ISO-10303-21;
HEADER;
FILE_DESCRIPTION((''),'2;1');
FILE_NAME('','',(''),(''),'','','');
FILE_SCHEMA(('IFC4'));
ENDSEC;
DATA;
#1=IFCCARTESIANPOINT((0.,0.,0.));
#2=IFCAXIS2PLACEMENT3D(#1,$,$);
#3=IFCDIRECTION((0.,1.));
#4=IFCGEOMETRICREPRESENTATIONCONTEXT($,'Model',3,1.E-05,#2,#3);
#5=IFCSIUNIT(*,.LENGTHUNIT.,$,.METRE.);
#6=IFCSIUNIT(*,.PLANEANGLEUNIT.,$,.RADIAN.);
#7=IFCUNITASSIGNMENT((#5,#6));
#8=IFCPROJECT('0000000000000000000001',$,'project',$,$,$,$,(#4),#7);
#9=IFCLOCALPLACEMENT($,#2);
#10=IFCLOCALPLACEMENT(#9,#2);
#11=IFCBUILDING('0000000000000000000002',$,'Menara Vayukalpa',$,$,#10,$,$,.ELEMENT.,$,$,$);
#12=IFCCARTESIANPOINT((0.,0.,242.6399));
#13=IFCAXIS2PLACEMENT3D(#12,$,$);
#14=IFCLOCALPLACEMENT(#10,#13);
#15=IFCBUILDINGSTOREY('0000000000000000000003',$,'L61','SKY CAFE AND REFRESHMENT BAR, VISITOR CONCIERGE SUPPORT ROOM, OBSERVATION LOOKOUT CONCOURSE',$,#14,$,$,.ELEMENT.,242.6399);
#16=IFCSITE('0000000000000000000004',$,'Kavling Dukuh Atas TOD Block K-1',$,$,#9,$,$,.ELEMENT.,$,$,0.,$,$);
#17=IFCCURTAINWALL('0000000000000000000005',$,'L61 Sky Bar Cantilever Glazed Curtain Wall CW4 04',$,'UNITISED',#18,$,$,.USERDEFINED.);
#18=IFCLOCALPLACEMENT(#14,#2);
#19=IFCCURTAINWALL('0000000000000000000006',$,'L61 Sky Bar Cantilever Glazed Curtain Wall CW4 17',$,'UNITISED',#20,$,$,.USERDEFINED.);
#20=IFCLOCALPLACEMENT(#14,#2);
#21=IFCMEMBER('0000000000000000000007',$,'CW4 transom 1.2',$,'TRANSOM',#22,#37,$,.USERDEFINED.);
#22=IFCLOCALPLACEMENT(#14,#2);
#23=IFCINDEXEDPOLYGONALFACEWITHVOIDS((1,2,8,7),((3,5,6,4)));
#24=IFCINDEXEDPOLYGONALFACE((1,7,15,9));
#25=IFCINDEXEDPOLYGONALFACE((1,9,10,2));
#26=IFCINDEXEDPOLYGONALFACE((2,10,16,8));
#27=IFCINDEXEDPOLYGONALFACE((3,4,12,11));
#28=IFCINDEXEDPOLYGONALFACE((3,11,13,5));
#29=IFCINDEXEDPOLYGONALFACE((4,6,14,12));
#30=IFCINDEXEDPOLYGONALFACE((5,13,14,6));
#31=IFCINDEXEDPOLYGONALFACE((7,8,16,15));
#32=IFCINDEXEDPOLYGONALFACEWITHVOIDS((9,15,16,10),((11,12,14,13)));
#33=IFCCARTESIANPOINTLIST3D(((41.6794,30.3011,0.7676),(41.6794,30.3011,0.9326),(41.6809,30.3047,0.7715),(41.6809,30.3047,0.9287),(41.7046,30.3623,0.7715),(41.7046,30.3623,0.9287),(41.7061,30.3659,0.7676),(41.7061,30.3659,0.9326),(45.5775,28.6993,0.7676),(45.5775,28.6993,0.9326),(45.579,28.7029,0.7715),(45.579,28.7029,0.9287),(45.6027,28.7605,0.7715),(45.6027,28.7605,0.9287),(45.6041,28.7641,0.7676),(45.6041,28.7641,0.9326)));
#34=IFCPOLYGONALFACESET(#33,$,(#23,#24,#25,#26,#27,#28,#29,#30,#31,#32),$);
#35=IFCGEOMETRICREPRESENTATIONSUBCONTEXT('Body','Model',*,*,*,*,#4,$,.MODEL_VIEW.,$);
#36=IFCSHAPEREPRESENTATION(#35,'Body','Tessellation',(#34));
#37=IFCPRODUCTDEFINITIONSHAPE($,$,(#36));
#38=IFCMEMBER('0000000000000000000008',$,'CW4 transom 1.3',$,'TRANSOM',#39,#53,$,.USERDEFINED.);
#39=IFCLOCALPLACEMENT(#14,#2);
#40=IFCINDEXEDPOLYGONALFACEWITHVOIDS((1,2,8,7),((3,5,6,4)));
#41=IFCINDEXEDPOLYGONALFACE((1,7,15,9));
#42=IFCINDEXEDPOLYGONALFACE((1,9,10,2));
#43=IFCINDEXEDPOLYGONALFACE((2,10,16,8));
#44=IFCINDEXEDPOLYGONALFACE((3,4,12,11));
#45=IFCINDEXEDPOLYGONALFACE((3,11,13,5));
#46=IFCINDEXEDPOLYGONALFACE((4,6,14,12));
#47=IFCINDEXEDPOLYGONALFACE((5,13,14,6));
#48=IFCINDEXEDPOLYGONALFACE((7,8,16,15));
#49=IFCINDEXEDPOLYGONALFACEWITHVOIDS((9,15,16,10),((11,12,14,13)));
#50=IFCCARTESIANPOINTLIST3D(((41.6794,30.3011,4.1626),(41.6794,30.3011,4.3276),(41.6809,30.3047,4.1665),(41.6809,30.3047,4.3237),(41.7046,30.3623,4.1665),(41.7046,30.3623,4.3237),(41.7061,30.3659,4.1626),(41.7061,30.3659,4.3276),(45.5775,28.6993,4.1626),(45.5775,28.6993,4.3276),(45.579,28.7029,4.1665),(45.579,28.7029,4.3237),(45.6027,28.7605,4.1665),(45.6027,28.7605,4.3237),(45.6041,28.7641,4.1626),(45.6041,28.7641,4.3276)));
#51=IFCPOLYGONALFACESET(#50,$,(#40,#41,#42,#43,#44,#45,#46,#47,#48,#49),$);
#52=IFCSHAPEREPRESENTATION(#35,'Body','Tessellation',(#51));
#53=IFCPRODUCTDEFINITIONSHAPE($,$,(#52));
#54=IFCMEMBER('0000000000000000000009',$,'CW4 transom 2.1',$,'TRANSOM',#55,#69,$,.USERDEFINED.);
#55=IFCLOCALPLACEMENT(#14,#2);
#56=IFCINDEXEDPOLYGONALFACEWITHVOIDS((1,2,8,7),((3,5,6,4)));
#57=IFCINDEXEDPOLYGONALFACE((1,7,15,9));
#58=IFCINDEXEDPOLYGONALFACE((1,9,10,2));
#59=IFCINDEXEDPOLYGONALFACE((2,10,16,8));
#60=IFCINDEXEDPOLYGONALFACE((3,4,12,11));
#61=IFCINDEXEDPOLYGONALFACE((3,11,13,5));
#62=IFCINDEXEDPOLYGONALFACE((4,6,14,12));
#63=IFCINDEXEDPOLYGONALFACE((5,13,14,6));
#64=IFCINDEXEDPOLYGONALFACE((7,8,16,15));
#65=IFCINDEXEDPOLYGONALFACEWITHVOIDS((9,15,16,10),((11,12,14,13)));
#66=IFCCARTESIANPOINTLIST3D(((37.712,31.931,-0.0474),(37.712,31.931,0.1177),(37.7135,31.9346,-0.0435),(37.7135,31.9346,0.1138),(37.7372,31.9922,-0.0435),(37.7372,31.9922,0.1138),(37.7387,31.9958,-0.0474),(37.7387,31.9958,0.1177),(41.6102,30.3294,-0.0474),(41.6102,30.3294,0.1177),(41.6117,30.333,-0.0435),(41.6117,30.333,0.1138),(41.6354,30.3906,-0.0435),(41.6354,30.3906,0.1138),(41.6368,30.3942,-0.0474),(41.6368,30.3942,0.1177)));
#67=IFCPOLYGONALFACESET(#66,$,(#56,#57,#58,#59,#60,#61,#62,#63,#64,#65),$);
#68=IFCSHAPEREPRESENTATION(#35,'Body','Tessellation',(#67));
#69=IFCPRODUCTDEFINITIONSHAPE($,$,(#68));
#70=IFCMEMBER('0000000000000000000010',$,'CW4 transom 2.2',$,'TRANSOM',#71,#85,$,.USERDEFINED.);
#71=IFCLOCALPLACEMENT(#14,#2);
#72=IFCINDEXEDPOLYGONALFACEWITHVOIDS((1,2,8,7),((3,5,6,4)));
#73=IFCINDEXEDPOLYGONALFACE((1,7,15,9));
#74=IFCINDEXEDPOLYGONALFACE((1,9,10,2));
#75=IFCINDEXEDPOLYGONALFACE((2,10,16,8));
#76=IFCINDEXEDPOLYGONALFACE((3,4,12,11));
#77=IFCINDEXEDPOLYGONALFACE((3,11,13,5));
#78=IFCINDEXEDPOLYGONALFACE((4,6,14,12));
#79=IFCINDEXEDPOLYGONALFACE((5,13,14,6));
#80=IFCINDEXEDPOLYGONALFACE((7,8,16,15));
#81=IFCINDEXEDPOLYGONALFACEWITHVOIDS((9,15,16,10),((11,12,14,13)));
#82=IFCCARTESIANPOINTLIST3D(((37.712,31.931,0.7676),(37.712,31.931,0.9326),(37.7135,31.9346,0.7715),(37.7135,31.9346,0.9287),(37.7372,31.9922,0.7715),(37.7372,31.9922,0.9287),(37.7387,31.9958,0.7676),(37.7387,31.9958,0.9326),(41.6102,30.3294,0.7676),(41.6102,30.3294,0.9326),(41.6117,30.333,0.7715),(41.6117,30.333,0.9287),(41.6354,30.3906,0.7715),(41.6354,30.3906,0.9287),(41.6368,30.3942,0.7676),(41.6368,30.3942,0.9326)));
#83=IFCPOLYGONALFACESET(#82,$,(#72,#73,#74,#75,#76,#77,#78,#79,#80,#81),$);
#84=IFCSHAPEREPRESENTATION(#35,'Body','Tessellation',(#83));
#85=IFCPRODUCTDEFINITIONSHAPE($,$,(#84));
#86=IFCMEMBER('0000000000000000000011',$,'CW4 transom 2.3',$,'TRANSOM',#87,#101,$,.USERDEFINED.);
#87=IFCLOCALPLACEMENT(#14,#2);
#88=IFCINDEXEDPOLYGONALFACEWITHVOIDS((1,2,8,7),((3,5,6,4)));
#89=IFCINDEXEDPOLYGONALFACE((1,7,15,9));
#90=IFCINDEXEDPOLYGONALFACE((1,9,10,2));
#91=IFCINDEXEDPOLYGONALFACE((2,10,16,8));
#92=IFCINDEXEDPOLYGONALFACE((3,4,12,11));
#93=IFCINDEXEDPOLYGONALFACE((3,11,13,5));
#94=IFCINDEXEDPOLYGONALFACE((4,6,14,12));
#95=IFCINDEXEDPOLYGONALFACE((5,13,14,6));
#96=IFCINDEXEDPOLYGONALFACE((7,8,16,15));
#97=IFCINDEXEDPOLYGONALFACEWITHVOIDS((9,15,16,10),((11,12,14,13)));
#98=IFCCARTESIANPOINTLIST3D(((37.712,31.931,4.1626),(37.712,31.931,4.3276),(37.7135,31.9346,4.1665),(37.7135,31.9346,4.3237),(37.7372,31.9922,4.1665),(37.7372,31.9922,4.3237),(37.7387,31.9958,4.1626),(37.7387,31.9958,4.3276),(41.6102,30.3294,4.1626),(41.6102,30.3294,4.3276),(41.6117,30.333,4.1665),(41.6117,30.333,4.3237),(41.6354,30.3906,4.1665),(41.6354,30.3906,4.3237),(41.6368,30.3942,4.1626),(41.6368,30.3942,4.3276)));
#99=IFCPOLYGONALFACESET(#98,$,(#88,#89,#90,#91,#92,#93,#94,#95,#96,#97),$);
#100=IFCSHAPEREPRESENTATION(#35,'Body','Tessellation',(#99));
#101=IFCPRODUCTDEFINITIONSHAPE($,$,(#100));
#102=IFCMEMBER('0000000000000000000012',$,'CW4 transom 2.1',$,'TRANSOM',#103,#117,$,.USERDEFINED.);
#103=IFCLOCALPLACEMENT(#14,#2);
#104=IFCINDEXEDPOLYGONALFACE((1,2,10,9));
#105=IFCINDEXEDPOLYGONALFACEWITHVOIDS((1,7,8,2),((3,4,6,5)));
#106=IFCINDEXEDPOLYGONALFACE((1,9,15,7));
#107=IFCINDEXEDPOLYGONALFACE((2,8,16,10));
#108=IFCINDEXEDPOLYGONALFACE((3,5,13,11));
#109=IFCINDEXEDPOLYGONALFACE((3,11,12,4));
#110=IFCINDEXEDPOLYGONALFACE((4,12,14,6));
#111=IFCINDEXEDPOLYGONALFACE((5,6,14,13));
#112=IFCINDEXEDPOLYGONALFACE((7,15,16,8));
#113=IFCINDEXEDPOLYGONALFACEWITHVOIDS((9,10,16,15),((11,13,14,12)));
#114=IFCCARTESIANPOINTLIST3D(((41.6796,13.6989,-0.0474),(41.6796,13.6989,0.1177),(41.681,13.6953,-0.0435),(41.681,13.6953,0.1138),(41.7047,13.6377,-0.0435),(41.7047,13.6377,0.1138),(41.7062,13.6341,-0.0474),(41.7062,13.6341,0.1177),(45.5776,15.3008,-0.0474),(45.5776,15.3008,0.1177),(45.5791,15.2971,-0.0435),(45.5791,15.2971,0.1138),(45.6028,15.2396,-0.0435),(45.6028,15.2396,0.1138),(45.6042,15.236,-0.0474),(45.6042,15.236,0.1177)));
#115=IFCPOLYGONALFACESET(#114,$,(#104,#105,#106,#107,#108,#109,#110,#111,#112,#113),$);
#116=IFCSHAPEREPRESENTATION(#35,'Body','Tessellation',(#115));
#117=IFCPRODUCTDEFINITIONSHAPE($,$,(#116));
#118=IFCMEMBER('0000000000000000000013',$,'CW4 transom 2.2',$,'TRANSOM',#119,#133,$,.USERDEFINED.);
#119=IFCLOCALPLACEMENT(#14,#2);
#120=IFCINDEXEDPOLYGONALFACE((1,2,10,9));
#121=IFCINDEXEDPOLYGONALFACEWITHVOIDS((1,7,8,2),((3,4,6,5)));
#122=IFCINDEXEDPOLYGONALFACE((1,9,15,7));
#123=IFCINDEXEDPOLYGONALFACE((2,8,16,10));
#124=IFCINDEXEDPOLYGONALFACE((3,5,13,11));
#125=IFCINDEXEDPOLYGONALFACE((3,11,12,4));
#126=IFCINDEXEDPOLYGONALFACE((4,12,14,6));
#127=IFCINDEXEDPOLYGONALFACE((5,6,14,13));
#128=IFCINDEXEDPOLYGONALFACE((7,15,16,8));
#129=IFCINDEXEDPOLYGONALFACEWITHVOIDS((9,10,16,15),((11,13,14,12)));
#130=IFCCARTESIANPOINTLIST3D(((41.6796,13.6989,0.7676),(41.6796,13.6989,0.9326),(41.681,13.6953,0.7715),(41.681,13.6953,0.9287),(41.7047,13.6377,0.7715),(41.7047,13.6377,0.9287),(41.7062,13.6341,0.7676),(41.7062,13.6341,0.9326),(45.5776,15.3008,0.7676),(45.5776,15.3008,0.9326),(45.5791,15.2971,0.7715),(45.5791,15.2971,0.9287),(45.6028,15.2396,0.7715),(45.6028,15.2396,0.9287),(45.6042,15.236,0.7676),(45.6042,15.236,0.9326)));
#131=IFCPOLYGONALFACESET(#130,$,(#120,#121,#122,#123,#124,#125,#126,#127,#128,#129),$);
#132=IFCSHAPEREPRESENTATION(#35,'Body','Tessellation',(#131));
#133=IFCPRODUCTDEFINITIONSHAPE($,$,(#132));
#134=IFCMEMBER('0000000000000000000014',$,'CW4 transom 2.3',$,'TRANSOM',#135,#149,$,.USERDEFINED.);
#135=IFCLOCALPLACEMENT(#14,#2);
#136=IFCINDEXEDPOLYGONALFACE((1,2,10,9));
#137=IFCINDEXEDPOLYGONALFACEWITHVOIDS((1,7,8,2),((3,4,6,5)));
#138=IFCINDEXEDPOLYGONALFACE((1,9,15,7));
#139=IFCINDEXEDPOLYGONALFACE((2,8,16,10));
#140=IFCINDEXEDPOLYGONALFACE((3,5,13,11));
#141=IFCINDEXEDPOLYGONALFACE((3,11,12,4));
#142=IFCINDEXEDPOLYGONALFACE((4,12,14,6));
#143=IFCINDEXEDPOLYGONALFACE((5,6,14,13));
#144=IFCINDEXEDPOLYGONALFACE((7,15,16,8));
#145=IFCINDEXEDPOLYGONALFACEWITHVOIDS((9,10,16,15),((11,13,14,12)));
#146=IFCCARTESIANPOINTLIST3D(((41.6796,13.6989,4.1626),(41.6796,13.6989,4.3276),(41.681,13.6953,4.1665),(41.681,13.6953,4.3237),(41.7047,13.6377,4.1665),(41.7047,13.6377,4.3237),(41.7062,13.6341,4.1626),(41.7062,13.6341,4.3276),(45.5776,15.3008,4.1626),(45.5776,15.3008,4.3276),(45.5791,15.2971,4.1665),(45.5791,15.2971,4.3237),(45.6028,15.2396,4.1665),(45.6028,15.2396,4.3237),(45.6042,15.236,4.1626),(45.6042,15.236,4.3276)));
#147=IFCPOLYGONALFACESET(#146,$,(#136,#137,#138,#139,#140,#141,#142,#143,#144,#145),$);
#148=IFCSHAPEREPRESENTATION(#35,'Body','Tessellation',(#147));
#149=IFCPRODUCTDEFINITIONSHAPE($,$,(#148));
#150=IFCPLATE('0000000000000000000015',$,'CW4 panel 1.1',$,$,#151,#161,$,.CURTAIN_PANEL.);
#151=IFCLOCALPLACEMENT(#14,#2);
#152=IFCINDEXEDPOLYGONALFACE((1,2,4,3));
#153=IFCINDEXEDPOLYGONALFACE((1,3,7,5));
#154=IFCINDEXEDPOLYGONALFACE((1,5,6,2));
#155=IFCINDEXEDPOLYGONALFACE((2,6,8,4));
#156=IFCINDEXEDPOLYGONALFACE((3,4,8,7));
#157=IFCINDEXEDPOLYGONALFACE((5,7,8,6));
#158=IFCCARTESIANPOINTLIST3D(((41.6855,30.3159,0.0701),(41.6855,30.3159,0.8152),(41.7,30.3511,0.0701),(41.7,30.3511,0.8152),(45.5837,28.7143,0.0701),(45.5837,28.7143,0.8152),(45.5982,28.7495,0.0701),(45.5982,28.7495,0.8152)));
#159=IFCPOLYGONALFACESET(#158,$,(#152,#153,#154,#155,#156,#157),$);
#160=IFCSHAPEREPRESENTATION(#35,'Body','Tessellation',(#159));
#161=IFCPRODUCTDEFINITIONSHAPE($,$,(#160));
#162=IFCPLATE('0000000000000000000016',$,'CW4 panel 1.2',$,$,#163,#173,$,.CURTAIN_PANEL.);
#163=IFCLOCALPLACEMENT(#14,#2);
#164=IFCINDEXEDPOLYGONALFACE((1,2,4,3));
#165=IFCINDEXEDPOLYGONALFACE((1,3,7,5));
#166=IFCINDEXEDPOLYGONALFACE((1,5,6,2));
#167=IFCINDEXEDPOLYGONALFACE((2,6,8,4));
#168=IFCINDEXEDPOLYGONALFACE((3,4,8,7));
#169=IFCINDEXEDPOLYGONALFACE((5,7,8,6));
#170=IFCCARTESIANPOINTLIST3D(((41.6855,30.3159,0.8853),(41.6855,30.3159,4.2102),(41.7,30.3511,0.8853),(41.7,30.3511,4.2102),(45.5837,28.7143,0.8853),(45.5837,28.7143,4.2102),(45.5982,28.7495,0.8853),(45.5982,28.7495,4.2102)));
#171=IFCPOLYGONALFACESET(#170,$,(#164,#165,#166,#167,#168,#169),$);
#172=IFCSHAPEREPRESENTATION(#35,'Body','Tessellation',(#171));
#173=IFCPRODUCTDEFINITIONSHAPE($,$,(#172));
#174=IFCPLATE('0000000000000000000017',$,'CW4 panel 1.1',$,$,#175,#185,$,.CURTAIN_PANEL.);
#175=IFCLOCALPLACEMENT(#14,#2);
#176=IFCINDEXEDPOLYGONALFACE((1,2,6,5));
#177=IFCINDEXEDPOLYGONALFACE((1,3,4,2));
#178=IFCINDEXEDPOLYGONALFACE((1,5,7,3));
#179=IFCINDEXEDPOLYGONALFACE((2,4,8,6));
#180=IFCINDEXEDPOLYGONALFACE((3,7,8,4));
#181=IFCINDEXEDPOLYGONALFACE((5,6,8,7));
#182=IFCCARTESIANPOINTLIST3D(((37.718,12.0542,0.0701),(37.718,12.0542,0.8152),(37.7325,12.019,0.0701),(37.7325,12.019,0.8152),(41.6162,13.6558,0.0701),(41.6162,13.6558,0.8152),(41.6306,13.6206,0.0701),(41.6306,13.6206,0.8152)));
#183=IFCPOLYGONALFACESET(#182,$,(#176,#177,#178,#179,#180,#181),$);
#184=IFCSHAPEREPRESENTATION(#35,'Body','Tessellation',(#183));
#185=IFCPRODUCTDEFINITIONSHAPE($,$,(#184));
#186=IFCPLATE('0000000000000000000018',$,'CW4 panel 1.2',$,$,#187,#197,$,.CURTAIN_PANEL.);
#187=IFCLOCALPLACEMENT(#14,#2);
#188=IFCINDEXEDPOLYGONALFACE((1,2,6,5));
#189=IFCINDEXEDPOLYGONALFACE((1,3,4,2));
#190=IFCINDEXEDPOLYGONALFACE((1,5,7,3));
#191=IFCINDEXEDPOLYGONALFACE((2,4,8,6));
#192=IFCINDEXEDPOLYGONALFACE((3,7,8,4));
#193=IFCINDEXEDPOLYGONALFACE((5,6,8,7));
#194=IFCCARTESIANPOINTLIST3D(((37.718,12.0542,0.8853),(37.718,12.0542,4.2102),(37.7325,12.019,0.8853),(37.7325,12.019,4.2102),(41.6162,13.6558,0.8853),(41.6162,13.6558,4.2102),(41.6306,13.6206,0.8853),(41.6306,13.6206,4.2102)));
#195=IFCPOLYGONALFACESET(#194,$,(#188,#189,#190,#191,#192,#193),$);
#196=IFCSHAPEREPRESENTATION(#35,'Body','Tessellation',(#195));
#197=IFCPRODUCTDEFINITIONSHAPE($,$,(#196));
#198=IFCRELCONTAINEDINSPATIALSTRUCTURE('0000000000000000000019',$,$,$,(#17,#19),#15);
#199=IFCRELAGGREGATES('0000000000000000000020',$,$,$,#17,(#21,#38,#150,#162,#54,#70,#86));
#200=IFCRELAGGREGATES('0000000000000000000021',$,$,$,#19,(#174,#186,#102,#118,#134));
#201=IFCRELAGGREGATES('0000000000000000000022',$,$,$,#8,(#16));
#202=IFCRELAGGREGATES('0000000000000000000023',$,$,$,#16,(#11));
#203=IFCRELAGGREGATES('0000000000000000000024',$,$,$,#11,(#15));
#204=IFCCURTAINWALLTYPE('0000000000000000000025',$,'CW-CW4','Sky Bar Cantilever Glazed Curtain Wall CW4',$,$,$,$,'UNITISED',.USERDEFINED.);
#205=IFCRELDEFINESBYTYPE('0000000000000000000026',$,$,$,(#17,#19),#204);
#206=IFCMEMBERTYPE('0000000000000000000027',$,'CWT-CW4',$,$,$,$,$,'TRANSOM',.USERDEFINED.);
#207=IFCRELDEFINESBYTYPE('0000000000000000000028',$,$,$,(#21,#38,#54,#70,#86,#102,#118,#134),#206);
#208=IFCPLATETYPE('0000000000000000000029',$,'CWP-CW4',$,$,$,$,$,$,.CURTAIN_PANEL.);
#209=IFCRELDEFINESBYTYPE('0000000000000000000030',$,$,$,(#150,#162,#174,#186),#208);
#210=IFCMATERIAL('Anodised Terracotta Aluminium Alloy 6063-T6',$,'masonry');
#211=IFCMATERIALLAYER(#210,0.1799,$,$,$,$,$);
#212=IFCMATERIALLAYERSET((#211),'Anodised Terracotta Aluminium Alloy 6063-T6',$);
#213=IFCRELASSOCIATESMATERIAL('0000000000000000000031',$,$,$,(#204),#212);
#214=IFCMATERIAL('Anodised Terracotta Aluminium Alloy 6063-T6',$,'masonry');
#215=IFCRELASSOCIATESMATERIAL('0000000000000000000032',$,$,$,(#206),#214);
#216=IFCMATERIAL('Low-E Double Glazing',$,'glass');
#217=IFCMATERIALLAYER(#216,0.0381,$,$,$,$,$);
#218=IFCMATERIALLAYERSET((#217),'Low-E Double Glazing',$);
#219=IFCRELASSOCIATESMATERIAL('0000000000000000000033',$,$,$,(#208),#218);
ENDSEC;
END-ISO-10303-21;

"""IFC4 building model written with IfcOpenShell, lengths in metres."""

from ifc_helpers import new_model, si_unit, direction, frame, origin, origin_2d, place, context, subcontext, project, spatial, rectangle, hollow_rectangle, extrude, material, layer, layer_set, material_profile, profile_set, type_object, element, aggregate, save


model = new_model("IFC4")

# Units and contexts
model_context = context("Model", 3, precision=1e-05, world=origin(), true_north=direction((0.0, 1.0)))
body_context = subcontext(model_context, "Body", "Model", "MODEL_VIEW")
ifc_project = project(units=[si_unit("LENGTHUNIT", "METRE"), si_unit("PLANEANGLEUNIT", "RADIAN")], contexts=[model_context])

# Site, building, storey
site_placement = place(None, origin())
site = spatial("IfcSite", under=ifc_project, at=site_placement, Name="Kavling Dukuh Atas TOD Block K-1", CompositionType="ELEMENT", RefElevation=0.0)
building_placement = place(site_placement, origin())
building = spatial("IfcBuilding", under=site, at=building_placement, Name="Menara Vayukalpa", CompositionType="ELEMENT")
storey_placement = place(building_placement, frame((0.0, 0.0, 242.6399)))
storey = spatial("IfcBuildingStorey", under=building, at=storey_placement, Name="L61", Description="SKY CAFE AND REFRESHMENT BAR, VISITOR CONCIERGE SUPPORT ROOM, OBSERVATION LOOKOUT CONCOURSE", CompositionType="ELEMENT", Elevation=242.6399)

# Curtain walls
ifc_material_1 = material(Name="Anodised Terracotta Aluminium Alloy 6063-T6", Category="masonry")
ifc_layer_1 = layer(ifc_material_1, 0.1799)
ifc_layer_set_1 = layer_set([ifc_layer_1], Name="Anodised Terracotta Aluminium Alloy 6063-T6")
curtain_wall_type = type_object("IfcCurtainWallType", Name="CW-CW4", Description="Sky Bar Cantilever Glazed Curtain Wall CW4", ElementType="UNITISED", PredefinedType="USERDEFINED", material=ifc_layer_set_1)
curtain_wall_1_placement = place(storey_placement, origin())
curtain_wall_1 = element("IfcCurtainWall", 1, at=curtain_wall_1_placement, inside=storey, type_object=curtain_wall_type, Name="L61 Sky Bar Cantilever Glazed Curtain Wall CW4 04", ObjectType="UNITISED", PredefinedType="USERDEFINED")
curtain_wall_2_placement = place(storey_placement, origin())
curtain_wall_2 = element("IfcCurtainWall", 2, at=curtain_wall_2_placement, inside=storey, type_object=curtain_wall_type, Name="L61 Sky Bar Cantilever Glazed Curtain Wall CW4 17", ObjectType="UNITISED", PredefinedType="USERDEFINED")

# Members
ifc_material_2 = material(Name="Anodised Terracotta Aluminium Alloy 6063-T6", Category="masonry")
ifc_material_profile_1 = material_profile(ifc_material_2, hollow_rectangle(XDim=0.0701, YDim=0.165, WallThickness=0.0039, at=origin_2d()), Name="ALU 70x165x4")
ifc_profile_set_1 = profile_set([ifc_material_profile_1], Name="Anodised Terracotta Aluminium Alloy 6063-T6")
member_type_1 = type_object("IfcMemberType", Name="CWT-CW4", ElementType="TRANSOM", PredefinedType="USERDEFINED", material=ifc_profile_set_1)
member_1_placement = place(storey_placement, frame((45.5908, 28.7317, 0.8501), z_axis=(-0.924948, 0.380094, 0.0), x_axis=(-0.380094, -0.924948, 0.0)))
member_1 = element("IfcMember", 3, at=member_1_placement, type_object=member_type_1, Name="CW4 transom 1.2", ObjectType="TRANSOM", PredefinedType="USERDEFINED", context=body_context, shape_type="SweptSolid", body=[
    extrude(hollow_rectangle(XDim=0.0701, YDim=0.165, WallThickness=0.0039, at=origin_2d()), origin(), (0.0, 0.0, 1.0), 4.2144),
])
member_2_placement = place(storey_placement, frame((45.5908, 28.7317, 4.2451), z_axis=(-0.924948, 0.380094, 0.0), x_axis=(-0.380094, -0.924948, 0.0)))
member_2 = element("IfcMember", 4, at=member_2_placement, type_object=member_type_1, Name="CW4 transom 1.3", ObjectType="TRANSOM", PredefinedType="USERDEFINED", context=body_context, shape_type="SweptSolid", body=[
    extrude(hollow_rectangle(XDim=0.0701, YDim=0.165, WallThickness=0.0039, at=origin_2d()), origin(), (0.0, 0.0, 1.0), 4.2144),
])
member_3_placement = place(storey_placement, frame((41.6235, 30.3618, 0.0352), z_axis=(-0.924977, 0.380024, 0.0), x_axis=(-0.380024, -0.924977, 0.0)))
member_3 = element("IfcMember", 5, at=member_3_placement, type_object=member_type_1, Name="CW4 transom 2.1", ObjectType="TRANSOM", PredefinedType="USERDEFINED", context=body_context, shape_type="SweptSolid", body=[
    extrude(hollow_rectangle(XDim=0.0701, YDim=0.165, WallThickness=0.0039, at=origin_2d()), origin(), (0.0, 0.0, 1.0), 4.2144),
])
member_4_placement = place(storey_placement, frame((41.6235, 30.3618, 0.8501), z_axis=(-0.924977, 0.380024, 0.0), x_axis=(-0.380024, -0.924977, 0.0)))
member_4 = element("IfcMember", 6, at=member_4_placement, type_object=member_type_1, Name="CW4 transom 2.2", ObjectType="TRANSOM", PredefinedType="USERDEFINED", context=body_context, shape_type="SweptSolid", body=[
    extrude(hollow_rectangle(XDim=0.0701, YDim=0.165, WallThickness=0.0039, at=origin_2d()), origin(), (0.0, 0.0, 1.0), 4.2144),
])
member_5_placement = place(storey_placement, frame((41.6235, 30.3618, 4.2451), z_axis=(-0.924977, 0.380024, 0.0), x_axis=(-0.380024, -0.924977, 0.0)))
member_5 = element("IfcMember", 7, at=member_5_placement, type_object=member_type_1, Name="CW4 transom 2.3", ObjectType="TRANSOM", PredefinedType="USERDEFINED", context=body_context, shape_type="SweptSolid", body=[
    extrude(hollow_rectangle(XDim=0.0701, YDim=0.165, WallThickness=0.0039, at=origin_2d()), origin(), (0.0, 0.0, 1.0), 4.2144),
])
member_6_placement = place(storey_placement, frame((41.6929, 13.6665, 0.0352), z_axis=(0.924948, 0.380094, 0.0), x_axis=(-0.380094, 0.924948, 0.0)))
member_6 = element("IfcMember", 8, at=member_6_placement, type_object=member_type_1, Name="CW4 transom 2.1", ObjectType="TRANSOM", PredefinedType="USERDEFINED", context=body_context, shape_type="SweptSolid", body=[
    extrude(hollow_rectangle(XDim=0.0701, YDim=0.165, WallThickness=0.0039, at=origin_2d()), origin(), (0.0, 0.0, 1.0), 4.2144),
])
member_7_placement = place(storey_placement, frame((41.6929, 13.6665, 0.8501), z_axis=(0.924948, 0.380094, 0.0), x_axis=(-0.380094, 0.924948, 0.0)))
member_7 = element("IfcMember", 9, at=member_7_placement, type_object=member_type_1, Name="CW4 transom 2.2", ObjectType="TRANSOM", PredefinedType="USERDEFINED", context=body_context, shape_type="SweptSolid", body=[
    extrude(hollow_rectangle(XDim=0.0701, YDim=0.165, WallThickness=0.0039, at=origin_2d()), origin(), (0.0, 0.0, 1.0), 4.2144),
])
member_8_placement = place(storey_placement, frame((41.6929, 13.6665, 4.2451), z_axis=(0.924948, 0.380094, 0.0), x_axis=(-0.380094, 0.924948, 0.0)))
member_8 = element("IfcMember", 10, at=member_8_placement, type_object=member_type_1, Name="CW4 transom 2.3", ObjectType="TRANSOM", PredefinedType="USERDEFINED", context=body_context, shape_type="SweptSolid", body=[
    extrude(hollow_rectangle(XDim=0.0701, YDim=0.165, WallThickness=0.0039, at=origin_2d()), origin(), (0.0, 0.0, 1.0), 4.2144),
])

# Plates
ifc_material_3 = material(Name="Low-E Double Glazing", Category="glass")
ifc_layer_2 = layer(ifc_material_3, 0.0381)
ifc_layer_set_2 = layer_set([ifc_layer_2], Name="Low-E Double Glazing")
plate_type = type_object("IfcPlateType", Name="CWP-CW4", PredefinedType="CURTAIN_PANEL", material=ifc_layer_set_2)
plate_1_placement = place(storey_placement, frame((43.6418, 29.5327, 0.0701), z_axis=(0.0, 0.0, 1.0), x_axis=(-0.92497, 0.380039, 0.0)))
plate_1 = element("IfcPlate", 11, at=plate_1_placement, type_object=plate_type, Name="CW4 panel 1.1", PredefinedType="CURTAIN_PANEL", context=body_context, shape_type="SweptSolid", body=[
    extrude(rectangle(XDim=4.2144, YDim=0.0381, at=origin_2d()), origin(), (0.0, 0.0, 1.0), 0.7451),
])
plate_2_placement = place(storey_placement, frame((43.6418, 29.5327, 0.8853), z_axis=(0.0, 0.0, 1.0), x_axis=(-0.92497, 0.380039, 0.0)))
plate_2 = element("IfcPlate", 12, at=plate_2_placement, type_object=plate_type, Name="CW4 panel 1.2", PredefinedType="CURTAIN_PANEL", context=body_context, shape_type="SweptSolid", body=[
    extrude(rectangle(XDim=4.2144, YDim=0.0381, at=origin_2d()), origin(), (0.0, 0.0, 1.0), 3.325),
])
aggregate(curtain_wall_1, [member_1, member_2, plate_1, plate_2, member_3, member_4, member_5])
plate_3_placement = place(storey_placement, frame((39.6743, 12.8374, 0.0701), z_axis=(0.0, 0.0, 1.0), x_axis=(0.92497, 0.380039, 0.0)))
plate_3 = element("IfcPlate", 13, at=plate_3_placement, type_object=plate_type, Name="CW4 panel 1.1", PredefinedType="CURTAIN_PANEL", context=body_context, shape_type="SweptSolid", body=[
    extrude(rectangle(XDim=4.2144, YDim=0.0381, at=origin_2d()), origin(), (0.0, 0.0, 1.0), 0.7451),
])
plate_4_placement = place(storey_placement, frame((39.6743, 12.8374, 0.8853), z_axis=(0.0, 0.0, 1.0), x_axis=(0.92497, 0.380039, 0.0)))
plate_4 = element("IfcPlate", 14, at=plate_4_placement, type_object=plate_type, Name="CW4 panel 1.2", PredefinedType="CURTAIN_PANEL", context=body_context, shape_type="SweptSolid", body=[
    extrude(rectangle(XDim=4.2144, YDim=0.0381, at=origin_2d()), origin(), (0.0, 0.0, 1.0), 3.325),
])
aggregate(curtain_wall_2, [plate_3, plate_4, member_6, member_7, member_8])

save(model, "model.ifc")
